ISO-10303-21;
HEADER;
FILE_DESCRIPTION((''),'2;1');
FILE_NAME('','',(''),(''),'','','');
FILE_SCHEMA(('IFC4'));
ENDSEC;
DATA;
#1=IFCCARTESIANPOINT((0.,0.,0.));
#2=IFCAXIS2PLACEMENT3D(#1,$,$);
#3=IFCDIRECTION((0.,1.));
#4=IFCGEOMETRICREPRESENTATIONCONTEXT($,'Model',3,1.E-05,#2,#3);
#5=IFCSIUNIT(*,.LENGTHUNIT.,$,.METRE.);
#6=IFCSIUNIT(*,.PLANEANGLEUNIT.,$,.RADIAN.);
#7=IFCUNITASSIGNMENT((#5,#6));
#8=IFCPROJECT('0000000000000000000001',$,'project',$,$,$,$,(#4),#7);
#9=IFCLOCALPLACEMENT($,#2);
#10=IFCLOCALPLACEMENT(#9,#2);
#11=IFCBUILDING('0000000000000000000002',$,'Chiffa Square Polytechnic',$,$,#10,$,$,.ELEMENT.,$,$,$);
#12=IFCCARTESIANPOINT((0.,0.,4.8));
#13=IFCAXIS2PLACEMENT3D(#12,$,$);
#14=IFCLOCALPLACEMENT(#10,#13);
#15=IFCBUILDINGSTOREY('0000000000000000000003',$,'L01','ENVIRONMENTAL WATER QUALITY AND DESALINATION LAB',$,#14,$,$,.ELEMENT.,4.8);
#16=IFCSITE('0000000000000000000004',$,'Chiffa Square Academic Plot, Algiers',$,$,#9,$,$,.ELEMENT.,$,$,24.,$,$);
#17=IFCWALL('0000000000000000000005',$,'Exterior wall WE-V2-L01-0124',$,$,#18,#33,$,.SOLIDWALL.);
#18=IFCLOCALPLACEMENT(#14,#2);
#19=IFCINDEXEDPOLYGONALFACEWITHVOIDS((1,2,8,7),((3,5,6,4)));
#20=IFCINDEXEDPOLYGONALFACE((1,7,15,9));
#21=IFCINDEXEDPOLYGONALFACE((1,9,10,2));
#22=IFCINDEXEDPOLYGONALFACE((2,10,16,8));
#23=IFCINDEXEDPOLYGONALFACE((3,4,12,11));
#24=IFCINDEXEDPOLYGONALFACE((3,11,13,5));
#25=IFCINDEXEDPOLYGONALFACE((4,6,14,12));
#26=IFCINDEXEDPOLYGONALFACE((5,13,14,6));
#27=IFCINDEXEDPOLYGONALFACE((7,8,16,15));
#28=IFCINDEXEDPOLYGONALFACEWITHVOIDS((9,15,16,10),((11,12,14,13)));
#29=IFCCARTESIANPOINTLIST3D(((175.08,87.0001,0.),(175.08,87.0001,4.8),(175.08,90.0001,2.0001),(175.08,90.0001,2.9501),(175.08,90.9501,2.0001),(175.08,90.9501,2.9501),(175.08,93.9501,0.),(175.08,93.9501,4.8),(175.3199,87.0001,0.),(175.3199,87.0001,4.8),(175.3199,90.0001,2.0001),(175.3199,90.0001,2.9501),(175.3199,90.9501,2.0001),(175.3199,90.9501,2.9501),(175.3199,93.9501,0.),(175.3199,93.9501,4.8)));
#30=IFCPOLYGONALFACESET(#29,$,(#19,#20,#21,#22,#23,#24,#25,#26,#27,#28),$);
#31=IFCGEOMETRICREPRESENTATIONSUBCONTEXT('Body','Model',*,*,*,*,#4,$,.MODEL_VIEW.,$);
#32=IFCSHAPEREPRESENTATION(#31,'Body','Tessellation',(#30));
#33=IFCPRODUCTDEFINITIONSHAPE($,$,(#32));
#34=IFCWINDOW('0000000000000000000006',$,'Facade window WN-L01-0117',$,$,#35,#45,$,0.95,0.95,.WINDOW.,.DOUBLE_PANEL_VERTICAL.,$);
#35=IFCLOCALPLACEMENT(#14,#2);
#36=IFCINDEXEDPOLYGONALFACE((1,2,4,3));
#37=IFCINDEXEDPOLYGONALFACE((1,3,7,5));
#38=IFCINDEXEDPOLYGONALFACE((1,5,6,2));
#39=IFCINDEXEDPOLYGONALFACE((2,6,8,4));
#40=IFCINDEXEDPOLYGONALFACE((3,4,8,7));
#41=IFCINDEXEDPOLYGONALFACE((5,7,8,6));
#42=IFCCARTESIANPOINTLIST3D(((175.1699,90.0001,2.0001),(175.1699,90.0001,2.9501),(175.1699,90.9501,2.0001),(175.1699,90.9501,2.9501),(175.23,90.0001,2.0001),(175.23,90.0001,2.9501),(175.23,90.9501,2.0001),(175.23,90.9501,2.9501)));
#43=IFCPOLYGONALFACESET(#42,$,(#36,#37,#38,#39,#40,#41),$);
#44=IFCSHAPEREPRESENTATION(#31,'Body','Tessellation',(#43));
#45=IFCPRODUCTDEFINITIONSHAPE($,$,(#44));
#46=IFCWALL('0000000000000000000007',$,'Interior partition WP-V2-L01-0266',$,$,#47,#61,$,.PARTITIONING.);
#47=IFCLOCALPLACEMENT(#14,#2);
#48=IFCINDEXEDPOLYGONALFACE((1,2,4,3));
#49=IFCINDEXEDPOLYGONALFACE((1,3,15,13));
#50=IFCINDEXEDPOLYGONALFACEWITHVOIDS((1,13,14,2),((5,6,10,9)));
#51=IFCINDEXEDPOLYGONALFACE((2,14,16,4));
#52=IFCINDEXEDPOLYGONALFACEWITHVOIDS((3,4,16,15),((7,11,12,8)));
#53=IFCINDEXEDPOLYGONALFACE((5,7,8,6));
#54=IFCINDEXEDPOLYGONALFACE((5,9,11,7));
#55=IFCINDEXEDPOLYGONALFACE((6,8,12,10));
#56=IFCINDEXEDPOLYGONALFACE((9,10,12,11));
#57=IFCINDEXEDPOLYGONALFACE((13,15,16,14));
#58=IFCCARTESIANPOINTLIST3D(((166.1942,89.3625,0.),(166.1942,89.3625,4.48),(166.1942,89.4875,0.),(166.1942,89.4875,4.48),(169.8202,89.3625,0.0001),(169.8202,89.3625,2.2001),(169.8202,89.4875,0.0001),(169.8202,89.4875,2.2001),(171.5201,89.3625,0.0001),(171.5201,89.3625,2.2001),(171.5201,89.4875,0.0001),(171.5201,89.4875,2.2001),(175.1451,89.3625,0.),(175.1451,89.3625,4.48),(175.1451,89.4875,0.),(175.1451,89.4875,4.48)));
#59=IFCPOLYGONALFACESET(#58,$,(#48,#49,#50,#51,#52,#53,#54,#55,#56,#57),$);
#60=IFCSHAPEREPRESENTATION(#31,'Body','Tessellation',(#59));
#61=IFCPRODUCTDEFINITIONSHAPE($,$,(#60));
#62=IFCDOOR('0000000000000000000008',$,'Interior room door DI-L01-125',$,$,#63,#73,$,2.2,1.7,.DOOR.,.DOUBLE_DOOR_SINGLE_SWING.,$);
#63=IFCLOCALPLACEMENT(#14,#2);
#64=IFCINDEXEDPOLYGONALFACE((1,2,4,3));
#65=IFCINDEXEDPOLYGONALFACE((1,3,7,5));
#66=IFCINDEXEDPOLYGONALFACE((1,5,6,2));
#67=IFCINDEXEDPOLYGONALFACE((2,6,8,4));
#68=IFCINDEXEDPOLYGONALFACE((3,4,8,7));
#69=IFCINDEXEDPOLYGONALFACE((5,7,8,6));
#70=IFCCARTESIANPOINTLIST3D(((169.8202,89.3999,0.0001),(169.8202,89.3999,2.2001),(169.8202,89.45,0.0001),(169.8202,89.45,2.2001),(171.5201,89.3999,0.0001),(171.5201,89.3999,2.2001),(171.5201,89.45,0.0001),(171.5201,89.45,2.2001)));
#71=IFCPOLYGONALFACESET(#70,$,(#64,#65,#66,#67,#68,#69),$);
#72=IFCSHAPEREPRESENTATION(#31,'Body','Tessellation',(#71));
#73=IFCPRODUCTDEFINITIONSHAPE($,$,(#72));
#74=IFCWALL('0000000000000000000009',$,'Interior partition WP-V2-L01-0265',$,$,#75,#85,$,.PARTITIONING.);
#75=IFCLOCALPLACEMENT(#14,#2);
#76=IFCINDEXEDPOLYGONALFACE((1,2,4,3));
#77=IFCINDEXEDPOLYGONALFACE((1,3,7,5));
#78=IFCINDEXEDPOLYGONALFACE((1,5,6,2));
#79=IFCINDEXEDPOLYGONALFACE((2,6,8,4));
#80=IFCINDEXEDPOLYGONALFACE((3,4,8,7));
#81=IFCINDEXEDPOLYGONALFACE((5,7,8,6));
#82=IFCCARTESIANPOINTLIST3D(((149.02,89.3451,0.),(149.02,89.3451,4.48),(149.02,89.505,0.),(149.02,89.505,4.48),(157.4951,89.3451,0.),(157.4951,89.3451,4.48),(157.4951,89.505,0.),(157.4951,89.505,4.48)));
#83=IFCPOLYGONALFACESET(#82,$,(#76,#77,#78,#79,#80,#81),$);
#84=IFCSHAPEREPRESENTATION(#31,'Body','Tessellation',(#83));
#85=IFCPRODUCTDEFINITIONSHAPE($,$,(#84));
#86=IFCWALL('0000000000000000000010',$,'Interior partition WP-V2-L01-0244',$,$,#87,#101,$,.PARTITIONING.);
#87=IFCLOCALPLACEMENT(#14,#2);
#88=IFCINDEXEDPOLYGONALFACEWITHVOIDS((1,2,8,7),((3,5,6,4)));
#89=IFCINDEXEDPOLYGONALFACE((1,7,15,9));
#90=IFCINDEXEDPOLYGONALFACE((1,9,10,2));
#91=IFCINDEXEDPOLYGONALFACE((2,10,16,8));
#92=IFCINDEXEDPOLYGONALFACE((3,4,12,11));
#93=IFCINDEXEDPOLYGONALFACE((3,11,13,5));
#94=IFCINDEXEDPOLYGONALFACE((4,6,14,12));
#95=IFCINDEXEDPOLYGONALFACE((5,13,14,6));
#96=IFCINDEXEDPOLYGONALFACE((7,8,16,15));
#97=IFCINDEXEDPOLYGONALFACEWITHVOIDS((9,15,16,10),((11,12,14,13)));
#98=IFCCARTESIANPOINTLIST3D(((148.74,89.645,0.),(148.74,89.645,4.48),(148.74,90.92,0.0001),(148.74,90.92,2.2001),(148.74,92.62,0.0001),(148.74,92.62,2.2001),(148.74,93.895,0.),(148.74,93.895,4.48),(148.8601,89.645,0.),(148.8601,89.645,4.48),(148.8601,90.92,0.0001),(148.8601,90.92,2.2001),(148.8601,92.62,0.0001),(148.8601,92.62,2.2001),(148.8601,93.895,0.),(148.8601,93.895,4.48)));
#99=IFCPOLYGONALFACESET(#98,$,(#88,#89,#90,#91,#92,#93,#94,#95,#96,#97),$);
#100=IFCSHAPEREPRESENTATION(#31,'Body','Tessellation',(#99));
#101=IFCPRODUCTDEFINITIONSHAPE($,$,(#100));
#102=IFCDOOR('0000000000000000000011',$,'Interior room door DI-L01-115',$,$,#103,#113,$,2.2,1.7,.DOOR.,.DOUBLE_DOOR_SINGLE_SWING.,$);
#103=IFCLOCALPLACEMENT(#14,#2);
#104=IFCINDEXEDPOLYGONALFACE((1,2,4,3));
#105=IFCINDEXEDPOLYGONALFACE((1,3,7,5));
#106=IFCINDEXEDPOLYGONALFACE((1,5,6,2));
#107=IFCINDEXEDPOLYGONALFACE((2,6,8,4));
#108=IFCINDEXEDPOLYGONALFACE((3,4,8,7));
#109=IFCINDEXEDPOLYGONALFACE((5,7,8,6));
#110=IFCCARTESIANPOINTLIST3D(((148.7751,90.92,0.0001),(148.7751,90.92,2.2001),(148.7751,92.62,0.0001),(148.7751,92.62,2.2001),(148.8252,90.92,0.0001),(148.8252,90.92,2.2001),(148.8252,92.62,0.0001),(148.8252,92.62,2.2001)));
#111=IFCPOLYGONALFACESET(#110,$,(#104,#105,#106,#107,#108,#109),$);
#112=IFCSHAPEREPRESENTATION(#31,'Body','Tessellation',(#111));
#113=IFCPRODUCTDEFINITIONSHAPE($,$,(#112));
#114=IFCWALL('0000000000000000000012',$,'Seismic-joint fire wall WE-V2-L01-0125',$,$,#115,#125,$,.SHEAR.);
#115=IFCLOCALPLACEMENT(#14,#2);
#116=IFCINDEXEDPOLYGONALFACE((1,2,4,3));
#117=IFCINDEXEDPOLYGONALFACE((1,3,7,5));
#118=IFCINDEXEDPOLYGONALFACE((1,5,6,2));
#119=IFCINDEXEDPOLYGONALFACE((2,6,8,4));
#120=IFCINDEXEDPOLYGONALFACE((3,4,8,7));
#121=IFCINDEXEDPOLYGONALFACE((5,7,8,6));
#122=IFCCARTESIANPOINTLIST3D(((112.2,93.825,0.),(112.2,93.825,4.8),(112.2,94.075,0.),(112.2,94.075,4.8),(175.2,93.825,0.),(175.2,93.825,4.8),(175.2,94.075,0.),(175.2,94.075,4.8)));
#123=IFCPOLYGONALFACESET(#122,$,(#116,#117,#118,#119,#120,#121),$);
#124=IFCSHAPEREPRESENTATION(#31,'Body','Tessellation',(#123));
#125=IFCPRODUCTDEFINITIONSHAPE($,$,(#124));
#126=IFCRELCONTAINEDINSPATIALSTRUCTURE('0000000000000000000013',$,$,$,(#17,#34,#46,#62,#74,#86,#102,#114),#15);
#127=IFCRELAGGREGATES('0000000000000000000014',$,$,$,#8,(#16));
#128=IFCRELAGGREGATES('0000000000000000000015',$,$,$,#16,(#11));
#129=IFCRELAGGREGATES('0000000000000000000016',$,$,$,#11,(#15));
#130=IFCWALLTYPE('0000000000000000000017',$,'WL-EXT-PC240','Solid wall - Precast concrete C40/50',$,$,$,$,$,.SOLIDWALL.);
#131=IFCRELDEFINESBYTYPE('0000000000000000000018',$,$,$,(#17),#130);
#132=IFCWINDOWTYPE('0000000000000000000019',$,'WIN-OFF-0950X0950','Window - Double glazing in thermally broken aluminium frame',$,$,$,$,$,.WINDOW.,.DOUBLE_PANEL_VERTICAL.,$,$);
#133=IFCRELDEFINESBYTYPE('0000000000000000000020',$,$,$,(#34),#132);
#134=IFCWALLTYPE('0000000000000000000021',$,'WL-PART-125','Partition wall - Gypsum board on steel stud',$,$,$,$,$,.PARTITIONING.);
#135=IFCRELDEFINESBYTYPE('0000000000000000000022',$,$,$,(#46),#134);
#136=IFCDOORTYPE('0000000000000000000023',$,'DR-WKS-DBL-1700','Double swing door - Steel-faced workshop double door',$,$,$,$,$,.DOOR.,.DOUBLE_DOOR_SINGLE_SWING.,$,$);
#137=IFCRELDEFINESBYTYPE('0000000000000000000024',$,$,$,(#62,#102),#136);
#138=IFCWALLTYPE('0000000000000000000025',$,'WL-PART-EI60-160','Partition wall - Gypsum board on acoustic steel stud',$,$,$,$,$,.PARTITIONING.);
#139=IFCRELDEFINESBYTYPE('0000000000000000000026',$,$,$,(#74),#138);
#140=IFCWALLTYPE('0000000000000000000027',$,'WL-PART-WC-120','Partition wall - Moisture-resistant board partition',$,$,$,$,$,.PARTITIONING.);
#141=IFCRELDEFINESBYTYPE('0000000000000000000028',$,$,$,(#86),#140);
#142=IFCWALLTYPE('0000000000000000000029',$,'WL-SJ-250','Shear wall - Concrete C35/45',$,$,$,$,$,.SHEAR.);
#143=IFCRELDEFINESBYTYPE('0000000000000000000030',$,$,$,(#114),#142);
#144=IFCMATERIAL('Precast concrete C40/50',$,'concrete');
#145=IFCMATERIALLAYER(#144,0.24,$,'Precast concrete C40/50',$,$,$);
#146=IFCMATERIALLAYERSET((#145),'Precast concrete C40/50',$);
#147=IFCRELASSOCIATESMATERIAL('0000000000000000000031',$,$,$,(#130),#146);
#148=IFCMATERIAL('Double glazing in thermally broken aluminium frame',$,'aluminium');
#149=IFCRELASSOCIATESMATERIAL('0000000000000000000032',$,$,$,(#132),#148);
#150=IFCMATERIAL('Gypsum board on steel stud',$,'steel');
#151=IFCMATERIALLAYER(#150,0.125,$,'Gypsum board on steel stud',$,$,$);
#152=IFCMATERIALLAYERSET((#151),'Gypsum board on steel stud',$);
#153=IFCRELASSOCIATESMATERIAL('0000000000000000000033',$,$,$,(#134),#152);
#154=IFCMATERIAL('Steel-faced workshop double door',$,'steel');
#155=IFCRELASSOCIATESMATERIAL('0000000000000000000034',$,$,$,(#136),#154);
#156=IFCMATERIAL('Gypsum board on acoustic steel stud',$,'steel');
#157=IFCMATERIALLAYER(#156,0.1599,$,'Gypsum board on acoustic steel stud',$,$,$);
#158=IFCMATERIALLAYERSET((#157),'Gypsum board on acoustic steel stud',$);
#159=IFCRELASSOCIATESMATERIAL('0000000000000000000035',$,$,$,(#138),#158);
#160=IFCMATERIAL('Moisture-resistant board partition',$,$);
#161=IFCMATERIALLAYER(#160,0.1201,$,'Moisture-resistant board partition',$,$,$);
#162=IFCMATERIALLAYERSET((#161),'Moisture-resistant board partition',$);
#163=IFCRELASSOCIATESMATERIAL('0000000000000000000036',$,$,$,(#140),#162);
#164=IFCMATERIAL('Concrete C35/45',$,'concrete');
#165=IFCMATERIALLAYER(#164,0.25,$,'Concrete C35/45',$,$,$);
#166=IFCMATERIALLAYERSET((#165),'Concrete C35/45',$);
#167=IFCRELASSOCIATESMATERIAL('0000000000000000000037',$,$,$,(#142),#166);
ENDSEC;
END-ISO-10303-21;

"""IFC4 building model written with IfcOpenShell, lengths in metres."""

from ifc_helpers import new_model, si_unit, direction, frame, frame_2d, origin, place, context, subcontext, project, spatial, rectangle, extrude, material, layer, layer_set, type_object, element, fill, save


model = new_model("IFC4")

# Units and contexts
model_context = context("Model", 3, precision=1e-05, world=origin(), true_north=direction((0.0, 1.0)))
body_context = subcontext(model_context, "Body", "Model", "MODEL_VIEW")
ifc_project = project(units=[si_unit("LENGTHUNIT", "METRE"), si_unit("PLANEANGLEUNIT", "RADIAN")], contexts=[model_context])

# Site, building, storey
site_placement = place(None, origin())
site = spatial("IfcSite", under=ifc_project, at=site_placement, Name="Chiffa Square Academic Plot, Algiers", CompositionType="ELEMENT", RefElevation=24.0)
building_placement = place(site_placement, origin())
building = spatial("IfcBuilding", under=site, at=building_placement, Name="Chiffa Square Polytechnic", CompositionType="ELEMENT")
storey_placement = place(building_placement, frame((0.0, 0.0, 4.8)))
storey = spatial("IfcBuildingStorey", under=building, at=storey_placement, Name="L01", Description="ENVIRONMENTAL WATER QUALITY AND DESALINATION LAB", CompositionType="ELEMENT", Elevation=4.8)

# Shared definitions
ifc_material_1 = material(Name="Precast concrete C40/50", Category="concrete")
ifc_material_2 = material(Name="Double glazing in thermally broken aluminium frame", Category="aluminium")

# Wall, opening, window
ifc_layer_1 = layer(ifc_material_1, 0.24, Name="Precast concrete C40/50")
ifc_layer_set_1 = layer_set([ifc_layer_1], Name="Precast concrete C40/50")
wall_type_1 = type_object("IfcWallType", Name="WL-EXT-PC240", Description="Solid wall - Precast concrete C40/50", PredefinedType="SOLIDWALL", material=ifc_layer_set_1)
wall_1_placement = place(storey_placement, frame((175.2, 87.0, 0.0), z_axis=(0.0, 0.0, 1.0), x_axis=(0.0, 1.0, 0.0)))
wall_1 = element("IfcWall", 1, at=wall_1_placement, inside=storey, type_object=wall_type_1, Name="Exterior wall WE-V2-L01-0124", PredefinedType="SOLIDWALL", context=body_context, shape_type="SweptSolid", body=[
    extrude(rectangle(XDim=6.95, YDim=0.24, at=frame_2d((3.4751, 0.0))), origin(), (0.0, 0.0, 1.0), 4.8),
])
opening_1_placement = place(wall_1_placement, frame((3.0, 0.0, 2.0)))
opening_1 = element("IfcOpeningElement", 2, at=opening_1_placement, cuts=wall_1, PredefinedType="OPENING", context=body_context, shape_type="SweptSolid", body=[
    extrude(rectangle(XDim=0.95, YDim=0.95, at=frame_2d((0.4751, 0.4751))), frame((0.0, 0.1299, 0.0), z_axis=(0.0, -1.0, 0.0), x_axis=(1.0, 0.0, 0.0)), (0.0, 0.0, 1.0), 0.26),
])
window_type_1 = type_object("IfcWindowType", Name="WIN-OFF-0950X0950", Description="Window - Double glazing in thermally broken aluminium frame", PartitioningType="DOUBLE_PANEL_VERTICAL", PredefinedType="WINDOW", material=ifc_material_2)
window_1_placement = place(opening_1_placement, origin())
window_1 = element("IfcWindow", 3, at=window_1_placement, inside=storey, type_object=window_type_1, Name="Facade window WN-L01-0117", OverallHeight=0.95, OverallWidth=0.95, PartitioningType="DOUBLE_PANEL_VERTICAL", PredefinedType="WINDOW", context=body_context, shape_type="SweptSolid", body=[
    extrude(rectangle(XDim=0.95, YDim=0.95, at=frame_2d((0.4751, 0.4751))), frame((0.0, 0.03, 0.0), z_axis=(0.0, -1.0, 0.0), x_axis=(1.0, 0.0, 0.0)), (0.0, 0.0, 1.0), 0.0601),
])
fill(opening_1, window_1)

# Wall, opening, door
ifc_material_3 = material(Name="Gypsum board on steel stud", Category="steel")
ifc_layer_2 = layer(ifc_material_3, 0.125, Name="Gypsum board on steel stud")
ifc_layer_set_2 = layer_set([ifc_layer_2], Name="Gypsum board on steel stud")
wall_type_2 = type_object("IfcWallType", Name="WL-PART-125", Description="Partition wall - Gypsum board on steel stud", PredefinedType="PARTITIONING", material=ifc_layer_set_2)
wall_2_placement = place(storey_placement, frame((166.1941, 89.425, 0.0), z_axis=(0.0, 0.0, 1.0), x_axis=(1.0, 0.0, 0.0)))
wall_2 = element("IfcWall", 4, at=wall_2_placement, inside=storey, type_object=wall_type_2, Name="Interior partition WP-V2-L01-0266", PredefinedType="PARTITIONING", context=body_context, shape_type="SweptSolid", body=[
    extrude(rectangle(XDim=8.9509, YDim=0.125, at=frame_2d((4.4756, 0.0))), origin(), (0.0, 0.0, 1.0), 4.48),
])
opening_2_placement = place(wall_2_placement, frame((3.626, 0.0, 0.0)))
opening_2 = element("IfcOpeningElement", 5, at=opening_2_placement, cuts=wall_2, PredefinedType="OPENING", context=body_context, shape_type="SweptSolid", body=[
    extrude(rectangle(XDim=1.7, YDim=2.2, at=frame_2d((0.8501, 1.1001))), frame((0.0, 0.0725, 0.0), z_axis=(0.0, -1.0, 0.0), x_axis=(1.0, 0.0, 0.0)), (0.0, 0.0, 1.0), 0.145),
])
ifc_material_4 = material(Name="Steel-faced workshop double door", Category="steel")
door_type_1 = type_object("IfcDoorType", Name="DR-WKS-DBL-1700", Description="Double swing door - Steel-faced workshop double door", OperationType="DOUBLE_DOOR_SINGLE_SWING", PredefinedType="DOOR", material=ifc_material_4)
door_1_placement = place(opening_2_placement, origin())
door_1 = element("IfcDoor", 6, at=door_1_placement, inside=storey, type_object=door_type_1, Name="Interior room door DI-L01-125", OperationType="DOUBLE_DOOR_SINGLE_SWING", OverallHeight=2.2, OverallWidth=1.7, PredefinedType="DOOR", context=body_context, shape_type="SweptSolid", body=[
    extrude(rectangle(XDim=1.7, YDim=2.2, at=frame_2d((0.8501, 1.1001))), frame((0.0, 0.0249, 0.0), z_axis=(0.0, -1.0, 0.0), x_axis=(1.0, 0.0, 0.0)), (0.0, 0.0, 1.0), 0.05),
])
fill(opening_2, door_1)

# Wall
ifc_material_5 = material(Name="Gypsum board on acoustic steel stud", Category="steel")
ifc_layer_3 = layer(ifc_material_5, 0.1599, Name="Gypsum board on acoustic steel stud")
ifc_layer_set_3 = layer_set([ifc_layer_3], Name="Gypsum board on acoustic steel stud")
wall_type_3 = type_object("IfcWallType", Name="WL-PART-EI60-160", Description="Partition wall - Gypsum board on acoustic steel stud", PredefinedType="PARTITIONING", material=ifc_layer_set_3)
wall_3_placement = place(storey_placement, frame((149.02, 89.425, 0.0), z_axis=(0.0, 0.0, 1.0), x_axis=(1.0, 0.0, 0.0)))
element("IfcWall", 7, at=wall_3_placement, inside=storey, type_object=wall_type_3, Name="Interior partition WP-V2-L01-0265", PredefinedType="PARTITIONING", context=body_context, shape_type="SweptSolid", body=[
    extrude(rectangle(XDim=8.4751, YDim=0.1599, at=frame_2d((4.2375, 0.0))), origin(), (0.0, 0.0, 1.0), 4.48),
])

# Wall, opening, door
ifc_material_6 = material(Name="Moisture-resistant board partition")
ifc_layer_4 = layer(ifc_material_6, 0.1201, Name="Moisture-resistant board partition")
ifc_layer_set_4 = layer_set([ifc_layer_4], Name="Moisture-resistant board partition")
wall_type_4 = type_object("IfcWallType", Name="WL-PART-WC-120", Description="Partition wall - Moisture-resistant board partition", PredefinedType="PARTITIONING", material=ifc_layer_set_4)
wall_4_placement = place(storey_placement, frame((148.8, 89.645, 0.0), z_axis=(0.0, 0.0, 1.0), x_axis=(0.0, 1.0, 0.0)))
wall_4 = element("IfcWall", 8, at=wall_4_placement, inside=storey, type_object=wall_type_4, Name="Interior partition WP-V2-L01-0244", PredefinedType="PARTITIONING", context=body_context, shape_type="SweptSolid", body=[
    extrude(rectangle(XDim=4.25, YDim=0.1201, at=frame_2d((2.125, 0.0))), origin(), (0.0, 0.0, 1.0), 4.48),
])
opening_3_placement = place(wall_4_placement, frame((1.2749, 0.0, 0.0)))
opening_3 = element("IfcOpeningElement", 9, at=opening_3_placement, cuts=wall_4, PredefinedType="OPENING", context=body_context, shape_type="SweptSolid", body=[
    extrude(rectangle(XDim=1.7, YDim=2.2, at=frame_2d((0.8501, 1.1001))), frame((0.0, 0.0701, 0.0), z_axis=(0.0, -1.0, 0.0), x_axis=(1.0, 0.0, 0.0)), (0.0, 0.0, 1.0), 0.1401),
])
door_2_placement = place(opening_3_placement, origin())
door_2 = element("IfcDoor", 10, at=door_2_placement, inside=storey, type_object=door_type_1, Name="Interior room door DI-L01-115", OperationType="DOUBLE_DOOR_SINGLE_SWING", OverallHeight=2.2, OverallWidth=1.7, PredefinedType="DOOR", context=body_context, shape_type="SweptSolid", body=[
    extrude(rectangle(XDim=1.7, YDim=2.2, at=frame_2d((0.8501, 1.1001))), frame((0.0, 0.0249, 0.0), z_axis=(0.0, -1.0, 0.0), x_axis=(1.0, 0.0, 0.0)), (0.0, 0.0, 1.0), 0.05),
])
fill(opening_3, door_2)

# Wall
ifc_material_7 = material(Name="Concrete C35/45", Category="concrete")
ifc_layer_5 = layer(ifc_material_7, 0.25, Name="Concrete C35/45")
ifc_layer_set_5 = layer_set([ifc_layer_5], Name="Concrete C35/45")
wall_type_5 = type_object("IfcWallType", Name="WL-SJ-250", Description="Shear wall - Concrete C35/45", PredefinedType="SHEAR", material=ifc_layer_set_5)
wall_5_placement = place(storey_placement, frame((175.2, 93.95, 0.0), z_axis=(0.0, 0.0, 1.0), x_axis=(-1.0, 0.0, 0.0)))
element("IfcWall", 11, at=wall_5_placement, inside=storey, type_object=wall_type_5, Name="Seismic-joint fire wall WE-V2-L01-0125", PredefinedType="SHEAR", context=body_context, shape_type="SweptSolid", body=[
    extrude(rectangle(XDim=63.0, YDim=0.25, at=frame_2d((31.5, 0.0))), origin(), (0.0, 0.0, 1.0), 4.8),
])

save(model, "model.ifc")
